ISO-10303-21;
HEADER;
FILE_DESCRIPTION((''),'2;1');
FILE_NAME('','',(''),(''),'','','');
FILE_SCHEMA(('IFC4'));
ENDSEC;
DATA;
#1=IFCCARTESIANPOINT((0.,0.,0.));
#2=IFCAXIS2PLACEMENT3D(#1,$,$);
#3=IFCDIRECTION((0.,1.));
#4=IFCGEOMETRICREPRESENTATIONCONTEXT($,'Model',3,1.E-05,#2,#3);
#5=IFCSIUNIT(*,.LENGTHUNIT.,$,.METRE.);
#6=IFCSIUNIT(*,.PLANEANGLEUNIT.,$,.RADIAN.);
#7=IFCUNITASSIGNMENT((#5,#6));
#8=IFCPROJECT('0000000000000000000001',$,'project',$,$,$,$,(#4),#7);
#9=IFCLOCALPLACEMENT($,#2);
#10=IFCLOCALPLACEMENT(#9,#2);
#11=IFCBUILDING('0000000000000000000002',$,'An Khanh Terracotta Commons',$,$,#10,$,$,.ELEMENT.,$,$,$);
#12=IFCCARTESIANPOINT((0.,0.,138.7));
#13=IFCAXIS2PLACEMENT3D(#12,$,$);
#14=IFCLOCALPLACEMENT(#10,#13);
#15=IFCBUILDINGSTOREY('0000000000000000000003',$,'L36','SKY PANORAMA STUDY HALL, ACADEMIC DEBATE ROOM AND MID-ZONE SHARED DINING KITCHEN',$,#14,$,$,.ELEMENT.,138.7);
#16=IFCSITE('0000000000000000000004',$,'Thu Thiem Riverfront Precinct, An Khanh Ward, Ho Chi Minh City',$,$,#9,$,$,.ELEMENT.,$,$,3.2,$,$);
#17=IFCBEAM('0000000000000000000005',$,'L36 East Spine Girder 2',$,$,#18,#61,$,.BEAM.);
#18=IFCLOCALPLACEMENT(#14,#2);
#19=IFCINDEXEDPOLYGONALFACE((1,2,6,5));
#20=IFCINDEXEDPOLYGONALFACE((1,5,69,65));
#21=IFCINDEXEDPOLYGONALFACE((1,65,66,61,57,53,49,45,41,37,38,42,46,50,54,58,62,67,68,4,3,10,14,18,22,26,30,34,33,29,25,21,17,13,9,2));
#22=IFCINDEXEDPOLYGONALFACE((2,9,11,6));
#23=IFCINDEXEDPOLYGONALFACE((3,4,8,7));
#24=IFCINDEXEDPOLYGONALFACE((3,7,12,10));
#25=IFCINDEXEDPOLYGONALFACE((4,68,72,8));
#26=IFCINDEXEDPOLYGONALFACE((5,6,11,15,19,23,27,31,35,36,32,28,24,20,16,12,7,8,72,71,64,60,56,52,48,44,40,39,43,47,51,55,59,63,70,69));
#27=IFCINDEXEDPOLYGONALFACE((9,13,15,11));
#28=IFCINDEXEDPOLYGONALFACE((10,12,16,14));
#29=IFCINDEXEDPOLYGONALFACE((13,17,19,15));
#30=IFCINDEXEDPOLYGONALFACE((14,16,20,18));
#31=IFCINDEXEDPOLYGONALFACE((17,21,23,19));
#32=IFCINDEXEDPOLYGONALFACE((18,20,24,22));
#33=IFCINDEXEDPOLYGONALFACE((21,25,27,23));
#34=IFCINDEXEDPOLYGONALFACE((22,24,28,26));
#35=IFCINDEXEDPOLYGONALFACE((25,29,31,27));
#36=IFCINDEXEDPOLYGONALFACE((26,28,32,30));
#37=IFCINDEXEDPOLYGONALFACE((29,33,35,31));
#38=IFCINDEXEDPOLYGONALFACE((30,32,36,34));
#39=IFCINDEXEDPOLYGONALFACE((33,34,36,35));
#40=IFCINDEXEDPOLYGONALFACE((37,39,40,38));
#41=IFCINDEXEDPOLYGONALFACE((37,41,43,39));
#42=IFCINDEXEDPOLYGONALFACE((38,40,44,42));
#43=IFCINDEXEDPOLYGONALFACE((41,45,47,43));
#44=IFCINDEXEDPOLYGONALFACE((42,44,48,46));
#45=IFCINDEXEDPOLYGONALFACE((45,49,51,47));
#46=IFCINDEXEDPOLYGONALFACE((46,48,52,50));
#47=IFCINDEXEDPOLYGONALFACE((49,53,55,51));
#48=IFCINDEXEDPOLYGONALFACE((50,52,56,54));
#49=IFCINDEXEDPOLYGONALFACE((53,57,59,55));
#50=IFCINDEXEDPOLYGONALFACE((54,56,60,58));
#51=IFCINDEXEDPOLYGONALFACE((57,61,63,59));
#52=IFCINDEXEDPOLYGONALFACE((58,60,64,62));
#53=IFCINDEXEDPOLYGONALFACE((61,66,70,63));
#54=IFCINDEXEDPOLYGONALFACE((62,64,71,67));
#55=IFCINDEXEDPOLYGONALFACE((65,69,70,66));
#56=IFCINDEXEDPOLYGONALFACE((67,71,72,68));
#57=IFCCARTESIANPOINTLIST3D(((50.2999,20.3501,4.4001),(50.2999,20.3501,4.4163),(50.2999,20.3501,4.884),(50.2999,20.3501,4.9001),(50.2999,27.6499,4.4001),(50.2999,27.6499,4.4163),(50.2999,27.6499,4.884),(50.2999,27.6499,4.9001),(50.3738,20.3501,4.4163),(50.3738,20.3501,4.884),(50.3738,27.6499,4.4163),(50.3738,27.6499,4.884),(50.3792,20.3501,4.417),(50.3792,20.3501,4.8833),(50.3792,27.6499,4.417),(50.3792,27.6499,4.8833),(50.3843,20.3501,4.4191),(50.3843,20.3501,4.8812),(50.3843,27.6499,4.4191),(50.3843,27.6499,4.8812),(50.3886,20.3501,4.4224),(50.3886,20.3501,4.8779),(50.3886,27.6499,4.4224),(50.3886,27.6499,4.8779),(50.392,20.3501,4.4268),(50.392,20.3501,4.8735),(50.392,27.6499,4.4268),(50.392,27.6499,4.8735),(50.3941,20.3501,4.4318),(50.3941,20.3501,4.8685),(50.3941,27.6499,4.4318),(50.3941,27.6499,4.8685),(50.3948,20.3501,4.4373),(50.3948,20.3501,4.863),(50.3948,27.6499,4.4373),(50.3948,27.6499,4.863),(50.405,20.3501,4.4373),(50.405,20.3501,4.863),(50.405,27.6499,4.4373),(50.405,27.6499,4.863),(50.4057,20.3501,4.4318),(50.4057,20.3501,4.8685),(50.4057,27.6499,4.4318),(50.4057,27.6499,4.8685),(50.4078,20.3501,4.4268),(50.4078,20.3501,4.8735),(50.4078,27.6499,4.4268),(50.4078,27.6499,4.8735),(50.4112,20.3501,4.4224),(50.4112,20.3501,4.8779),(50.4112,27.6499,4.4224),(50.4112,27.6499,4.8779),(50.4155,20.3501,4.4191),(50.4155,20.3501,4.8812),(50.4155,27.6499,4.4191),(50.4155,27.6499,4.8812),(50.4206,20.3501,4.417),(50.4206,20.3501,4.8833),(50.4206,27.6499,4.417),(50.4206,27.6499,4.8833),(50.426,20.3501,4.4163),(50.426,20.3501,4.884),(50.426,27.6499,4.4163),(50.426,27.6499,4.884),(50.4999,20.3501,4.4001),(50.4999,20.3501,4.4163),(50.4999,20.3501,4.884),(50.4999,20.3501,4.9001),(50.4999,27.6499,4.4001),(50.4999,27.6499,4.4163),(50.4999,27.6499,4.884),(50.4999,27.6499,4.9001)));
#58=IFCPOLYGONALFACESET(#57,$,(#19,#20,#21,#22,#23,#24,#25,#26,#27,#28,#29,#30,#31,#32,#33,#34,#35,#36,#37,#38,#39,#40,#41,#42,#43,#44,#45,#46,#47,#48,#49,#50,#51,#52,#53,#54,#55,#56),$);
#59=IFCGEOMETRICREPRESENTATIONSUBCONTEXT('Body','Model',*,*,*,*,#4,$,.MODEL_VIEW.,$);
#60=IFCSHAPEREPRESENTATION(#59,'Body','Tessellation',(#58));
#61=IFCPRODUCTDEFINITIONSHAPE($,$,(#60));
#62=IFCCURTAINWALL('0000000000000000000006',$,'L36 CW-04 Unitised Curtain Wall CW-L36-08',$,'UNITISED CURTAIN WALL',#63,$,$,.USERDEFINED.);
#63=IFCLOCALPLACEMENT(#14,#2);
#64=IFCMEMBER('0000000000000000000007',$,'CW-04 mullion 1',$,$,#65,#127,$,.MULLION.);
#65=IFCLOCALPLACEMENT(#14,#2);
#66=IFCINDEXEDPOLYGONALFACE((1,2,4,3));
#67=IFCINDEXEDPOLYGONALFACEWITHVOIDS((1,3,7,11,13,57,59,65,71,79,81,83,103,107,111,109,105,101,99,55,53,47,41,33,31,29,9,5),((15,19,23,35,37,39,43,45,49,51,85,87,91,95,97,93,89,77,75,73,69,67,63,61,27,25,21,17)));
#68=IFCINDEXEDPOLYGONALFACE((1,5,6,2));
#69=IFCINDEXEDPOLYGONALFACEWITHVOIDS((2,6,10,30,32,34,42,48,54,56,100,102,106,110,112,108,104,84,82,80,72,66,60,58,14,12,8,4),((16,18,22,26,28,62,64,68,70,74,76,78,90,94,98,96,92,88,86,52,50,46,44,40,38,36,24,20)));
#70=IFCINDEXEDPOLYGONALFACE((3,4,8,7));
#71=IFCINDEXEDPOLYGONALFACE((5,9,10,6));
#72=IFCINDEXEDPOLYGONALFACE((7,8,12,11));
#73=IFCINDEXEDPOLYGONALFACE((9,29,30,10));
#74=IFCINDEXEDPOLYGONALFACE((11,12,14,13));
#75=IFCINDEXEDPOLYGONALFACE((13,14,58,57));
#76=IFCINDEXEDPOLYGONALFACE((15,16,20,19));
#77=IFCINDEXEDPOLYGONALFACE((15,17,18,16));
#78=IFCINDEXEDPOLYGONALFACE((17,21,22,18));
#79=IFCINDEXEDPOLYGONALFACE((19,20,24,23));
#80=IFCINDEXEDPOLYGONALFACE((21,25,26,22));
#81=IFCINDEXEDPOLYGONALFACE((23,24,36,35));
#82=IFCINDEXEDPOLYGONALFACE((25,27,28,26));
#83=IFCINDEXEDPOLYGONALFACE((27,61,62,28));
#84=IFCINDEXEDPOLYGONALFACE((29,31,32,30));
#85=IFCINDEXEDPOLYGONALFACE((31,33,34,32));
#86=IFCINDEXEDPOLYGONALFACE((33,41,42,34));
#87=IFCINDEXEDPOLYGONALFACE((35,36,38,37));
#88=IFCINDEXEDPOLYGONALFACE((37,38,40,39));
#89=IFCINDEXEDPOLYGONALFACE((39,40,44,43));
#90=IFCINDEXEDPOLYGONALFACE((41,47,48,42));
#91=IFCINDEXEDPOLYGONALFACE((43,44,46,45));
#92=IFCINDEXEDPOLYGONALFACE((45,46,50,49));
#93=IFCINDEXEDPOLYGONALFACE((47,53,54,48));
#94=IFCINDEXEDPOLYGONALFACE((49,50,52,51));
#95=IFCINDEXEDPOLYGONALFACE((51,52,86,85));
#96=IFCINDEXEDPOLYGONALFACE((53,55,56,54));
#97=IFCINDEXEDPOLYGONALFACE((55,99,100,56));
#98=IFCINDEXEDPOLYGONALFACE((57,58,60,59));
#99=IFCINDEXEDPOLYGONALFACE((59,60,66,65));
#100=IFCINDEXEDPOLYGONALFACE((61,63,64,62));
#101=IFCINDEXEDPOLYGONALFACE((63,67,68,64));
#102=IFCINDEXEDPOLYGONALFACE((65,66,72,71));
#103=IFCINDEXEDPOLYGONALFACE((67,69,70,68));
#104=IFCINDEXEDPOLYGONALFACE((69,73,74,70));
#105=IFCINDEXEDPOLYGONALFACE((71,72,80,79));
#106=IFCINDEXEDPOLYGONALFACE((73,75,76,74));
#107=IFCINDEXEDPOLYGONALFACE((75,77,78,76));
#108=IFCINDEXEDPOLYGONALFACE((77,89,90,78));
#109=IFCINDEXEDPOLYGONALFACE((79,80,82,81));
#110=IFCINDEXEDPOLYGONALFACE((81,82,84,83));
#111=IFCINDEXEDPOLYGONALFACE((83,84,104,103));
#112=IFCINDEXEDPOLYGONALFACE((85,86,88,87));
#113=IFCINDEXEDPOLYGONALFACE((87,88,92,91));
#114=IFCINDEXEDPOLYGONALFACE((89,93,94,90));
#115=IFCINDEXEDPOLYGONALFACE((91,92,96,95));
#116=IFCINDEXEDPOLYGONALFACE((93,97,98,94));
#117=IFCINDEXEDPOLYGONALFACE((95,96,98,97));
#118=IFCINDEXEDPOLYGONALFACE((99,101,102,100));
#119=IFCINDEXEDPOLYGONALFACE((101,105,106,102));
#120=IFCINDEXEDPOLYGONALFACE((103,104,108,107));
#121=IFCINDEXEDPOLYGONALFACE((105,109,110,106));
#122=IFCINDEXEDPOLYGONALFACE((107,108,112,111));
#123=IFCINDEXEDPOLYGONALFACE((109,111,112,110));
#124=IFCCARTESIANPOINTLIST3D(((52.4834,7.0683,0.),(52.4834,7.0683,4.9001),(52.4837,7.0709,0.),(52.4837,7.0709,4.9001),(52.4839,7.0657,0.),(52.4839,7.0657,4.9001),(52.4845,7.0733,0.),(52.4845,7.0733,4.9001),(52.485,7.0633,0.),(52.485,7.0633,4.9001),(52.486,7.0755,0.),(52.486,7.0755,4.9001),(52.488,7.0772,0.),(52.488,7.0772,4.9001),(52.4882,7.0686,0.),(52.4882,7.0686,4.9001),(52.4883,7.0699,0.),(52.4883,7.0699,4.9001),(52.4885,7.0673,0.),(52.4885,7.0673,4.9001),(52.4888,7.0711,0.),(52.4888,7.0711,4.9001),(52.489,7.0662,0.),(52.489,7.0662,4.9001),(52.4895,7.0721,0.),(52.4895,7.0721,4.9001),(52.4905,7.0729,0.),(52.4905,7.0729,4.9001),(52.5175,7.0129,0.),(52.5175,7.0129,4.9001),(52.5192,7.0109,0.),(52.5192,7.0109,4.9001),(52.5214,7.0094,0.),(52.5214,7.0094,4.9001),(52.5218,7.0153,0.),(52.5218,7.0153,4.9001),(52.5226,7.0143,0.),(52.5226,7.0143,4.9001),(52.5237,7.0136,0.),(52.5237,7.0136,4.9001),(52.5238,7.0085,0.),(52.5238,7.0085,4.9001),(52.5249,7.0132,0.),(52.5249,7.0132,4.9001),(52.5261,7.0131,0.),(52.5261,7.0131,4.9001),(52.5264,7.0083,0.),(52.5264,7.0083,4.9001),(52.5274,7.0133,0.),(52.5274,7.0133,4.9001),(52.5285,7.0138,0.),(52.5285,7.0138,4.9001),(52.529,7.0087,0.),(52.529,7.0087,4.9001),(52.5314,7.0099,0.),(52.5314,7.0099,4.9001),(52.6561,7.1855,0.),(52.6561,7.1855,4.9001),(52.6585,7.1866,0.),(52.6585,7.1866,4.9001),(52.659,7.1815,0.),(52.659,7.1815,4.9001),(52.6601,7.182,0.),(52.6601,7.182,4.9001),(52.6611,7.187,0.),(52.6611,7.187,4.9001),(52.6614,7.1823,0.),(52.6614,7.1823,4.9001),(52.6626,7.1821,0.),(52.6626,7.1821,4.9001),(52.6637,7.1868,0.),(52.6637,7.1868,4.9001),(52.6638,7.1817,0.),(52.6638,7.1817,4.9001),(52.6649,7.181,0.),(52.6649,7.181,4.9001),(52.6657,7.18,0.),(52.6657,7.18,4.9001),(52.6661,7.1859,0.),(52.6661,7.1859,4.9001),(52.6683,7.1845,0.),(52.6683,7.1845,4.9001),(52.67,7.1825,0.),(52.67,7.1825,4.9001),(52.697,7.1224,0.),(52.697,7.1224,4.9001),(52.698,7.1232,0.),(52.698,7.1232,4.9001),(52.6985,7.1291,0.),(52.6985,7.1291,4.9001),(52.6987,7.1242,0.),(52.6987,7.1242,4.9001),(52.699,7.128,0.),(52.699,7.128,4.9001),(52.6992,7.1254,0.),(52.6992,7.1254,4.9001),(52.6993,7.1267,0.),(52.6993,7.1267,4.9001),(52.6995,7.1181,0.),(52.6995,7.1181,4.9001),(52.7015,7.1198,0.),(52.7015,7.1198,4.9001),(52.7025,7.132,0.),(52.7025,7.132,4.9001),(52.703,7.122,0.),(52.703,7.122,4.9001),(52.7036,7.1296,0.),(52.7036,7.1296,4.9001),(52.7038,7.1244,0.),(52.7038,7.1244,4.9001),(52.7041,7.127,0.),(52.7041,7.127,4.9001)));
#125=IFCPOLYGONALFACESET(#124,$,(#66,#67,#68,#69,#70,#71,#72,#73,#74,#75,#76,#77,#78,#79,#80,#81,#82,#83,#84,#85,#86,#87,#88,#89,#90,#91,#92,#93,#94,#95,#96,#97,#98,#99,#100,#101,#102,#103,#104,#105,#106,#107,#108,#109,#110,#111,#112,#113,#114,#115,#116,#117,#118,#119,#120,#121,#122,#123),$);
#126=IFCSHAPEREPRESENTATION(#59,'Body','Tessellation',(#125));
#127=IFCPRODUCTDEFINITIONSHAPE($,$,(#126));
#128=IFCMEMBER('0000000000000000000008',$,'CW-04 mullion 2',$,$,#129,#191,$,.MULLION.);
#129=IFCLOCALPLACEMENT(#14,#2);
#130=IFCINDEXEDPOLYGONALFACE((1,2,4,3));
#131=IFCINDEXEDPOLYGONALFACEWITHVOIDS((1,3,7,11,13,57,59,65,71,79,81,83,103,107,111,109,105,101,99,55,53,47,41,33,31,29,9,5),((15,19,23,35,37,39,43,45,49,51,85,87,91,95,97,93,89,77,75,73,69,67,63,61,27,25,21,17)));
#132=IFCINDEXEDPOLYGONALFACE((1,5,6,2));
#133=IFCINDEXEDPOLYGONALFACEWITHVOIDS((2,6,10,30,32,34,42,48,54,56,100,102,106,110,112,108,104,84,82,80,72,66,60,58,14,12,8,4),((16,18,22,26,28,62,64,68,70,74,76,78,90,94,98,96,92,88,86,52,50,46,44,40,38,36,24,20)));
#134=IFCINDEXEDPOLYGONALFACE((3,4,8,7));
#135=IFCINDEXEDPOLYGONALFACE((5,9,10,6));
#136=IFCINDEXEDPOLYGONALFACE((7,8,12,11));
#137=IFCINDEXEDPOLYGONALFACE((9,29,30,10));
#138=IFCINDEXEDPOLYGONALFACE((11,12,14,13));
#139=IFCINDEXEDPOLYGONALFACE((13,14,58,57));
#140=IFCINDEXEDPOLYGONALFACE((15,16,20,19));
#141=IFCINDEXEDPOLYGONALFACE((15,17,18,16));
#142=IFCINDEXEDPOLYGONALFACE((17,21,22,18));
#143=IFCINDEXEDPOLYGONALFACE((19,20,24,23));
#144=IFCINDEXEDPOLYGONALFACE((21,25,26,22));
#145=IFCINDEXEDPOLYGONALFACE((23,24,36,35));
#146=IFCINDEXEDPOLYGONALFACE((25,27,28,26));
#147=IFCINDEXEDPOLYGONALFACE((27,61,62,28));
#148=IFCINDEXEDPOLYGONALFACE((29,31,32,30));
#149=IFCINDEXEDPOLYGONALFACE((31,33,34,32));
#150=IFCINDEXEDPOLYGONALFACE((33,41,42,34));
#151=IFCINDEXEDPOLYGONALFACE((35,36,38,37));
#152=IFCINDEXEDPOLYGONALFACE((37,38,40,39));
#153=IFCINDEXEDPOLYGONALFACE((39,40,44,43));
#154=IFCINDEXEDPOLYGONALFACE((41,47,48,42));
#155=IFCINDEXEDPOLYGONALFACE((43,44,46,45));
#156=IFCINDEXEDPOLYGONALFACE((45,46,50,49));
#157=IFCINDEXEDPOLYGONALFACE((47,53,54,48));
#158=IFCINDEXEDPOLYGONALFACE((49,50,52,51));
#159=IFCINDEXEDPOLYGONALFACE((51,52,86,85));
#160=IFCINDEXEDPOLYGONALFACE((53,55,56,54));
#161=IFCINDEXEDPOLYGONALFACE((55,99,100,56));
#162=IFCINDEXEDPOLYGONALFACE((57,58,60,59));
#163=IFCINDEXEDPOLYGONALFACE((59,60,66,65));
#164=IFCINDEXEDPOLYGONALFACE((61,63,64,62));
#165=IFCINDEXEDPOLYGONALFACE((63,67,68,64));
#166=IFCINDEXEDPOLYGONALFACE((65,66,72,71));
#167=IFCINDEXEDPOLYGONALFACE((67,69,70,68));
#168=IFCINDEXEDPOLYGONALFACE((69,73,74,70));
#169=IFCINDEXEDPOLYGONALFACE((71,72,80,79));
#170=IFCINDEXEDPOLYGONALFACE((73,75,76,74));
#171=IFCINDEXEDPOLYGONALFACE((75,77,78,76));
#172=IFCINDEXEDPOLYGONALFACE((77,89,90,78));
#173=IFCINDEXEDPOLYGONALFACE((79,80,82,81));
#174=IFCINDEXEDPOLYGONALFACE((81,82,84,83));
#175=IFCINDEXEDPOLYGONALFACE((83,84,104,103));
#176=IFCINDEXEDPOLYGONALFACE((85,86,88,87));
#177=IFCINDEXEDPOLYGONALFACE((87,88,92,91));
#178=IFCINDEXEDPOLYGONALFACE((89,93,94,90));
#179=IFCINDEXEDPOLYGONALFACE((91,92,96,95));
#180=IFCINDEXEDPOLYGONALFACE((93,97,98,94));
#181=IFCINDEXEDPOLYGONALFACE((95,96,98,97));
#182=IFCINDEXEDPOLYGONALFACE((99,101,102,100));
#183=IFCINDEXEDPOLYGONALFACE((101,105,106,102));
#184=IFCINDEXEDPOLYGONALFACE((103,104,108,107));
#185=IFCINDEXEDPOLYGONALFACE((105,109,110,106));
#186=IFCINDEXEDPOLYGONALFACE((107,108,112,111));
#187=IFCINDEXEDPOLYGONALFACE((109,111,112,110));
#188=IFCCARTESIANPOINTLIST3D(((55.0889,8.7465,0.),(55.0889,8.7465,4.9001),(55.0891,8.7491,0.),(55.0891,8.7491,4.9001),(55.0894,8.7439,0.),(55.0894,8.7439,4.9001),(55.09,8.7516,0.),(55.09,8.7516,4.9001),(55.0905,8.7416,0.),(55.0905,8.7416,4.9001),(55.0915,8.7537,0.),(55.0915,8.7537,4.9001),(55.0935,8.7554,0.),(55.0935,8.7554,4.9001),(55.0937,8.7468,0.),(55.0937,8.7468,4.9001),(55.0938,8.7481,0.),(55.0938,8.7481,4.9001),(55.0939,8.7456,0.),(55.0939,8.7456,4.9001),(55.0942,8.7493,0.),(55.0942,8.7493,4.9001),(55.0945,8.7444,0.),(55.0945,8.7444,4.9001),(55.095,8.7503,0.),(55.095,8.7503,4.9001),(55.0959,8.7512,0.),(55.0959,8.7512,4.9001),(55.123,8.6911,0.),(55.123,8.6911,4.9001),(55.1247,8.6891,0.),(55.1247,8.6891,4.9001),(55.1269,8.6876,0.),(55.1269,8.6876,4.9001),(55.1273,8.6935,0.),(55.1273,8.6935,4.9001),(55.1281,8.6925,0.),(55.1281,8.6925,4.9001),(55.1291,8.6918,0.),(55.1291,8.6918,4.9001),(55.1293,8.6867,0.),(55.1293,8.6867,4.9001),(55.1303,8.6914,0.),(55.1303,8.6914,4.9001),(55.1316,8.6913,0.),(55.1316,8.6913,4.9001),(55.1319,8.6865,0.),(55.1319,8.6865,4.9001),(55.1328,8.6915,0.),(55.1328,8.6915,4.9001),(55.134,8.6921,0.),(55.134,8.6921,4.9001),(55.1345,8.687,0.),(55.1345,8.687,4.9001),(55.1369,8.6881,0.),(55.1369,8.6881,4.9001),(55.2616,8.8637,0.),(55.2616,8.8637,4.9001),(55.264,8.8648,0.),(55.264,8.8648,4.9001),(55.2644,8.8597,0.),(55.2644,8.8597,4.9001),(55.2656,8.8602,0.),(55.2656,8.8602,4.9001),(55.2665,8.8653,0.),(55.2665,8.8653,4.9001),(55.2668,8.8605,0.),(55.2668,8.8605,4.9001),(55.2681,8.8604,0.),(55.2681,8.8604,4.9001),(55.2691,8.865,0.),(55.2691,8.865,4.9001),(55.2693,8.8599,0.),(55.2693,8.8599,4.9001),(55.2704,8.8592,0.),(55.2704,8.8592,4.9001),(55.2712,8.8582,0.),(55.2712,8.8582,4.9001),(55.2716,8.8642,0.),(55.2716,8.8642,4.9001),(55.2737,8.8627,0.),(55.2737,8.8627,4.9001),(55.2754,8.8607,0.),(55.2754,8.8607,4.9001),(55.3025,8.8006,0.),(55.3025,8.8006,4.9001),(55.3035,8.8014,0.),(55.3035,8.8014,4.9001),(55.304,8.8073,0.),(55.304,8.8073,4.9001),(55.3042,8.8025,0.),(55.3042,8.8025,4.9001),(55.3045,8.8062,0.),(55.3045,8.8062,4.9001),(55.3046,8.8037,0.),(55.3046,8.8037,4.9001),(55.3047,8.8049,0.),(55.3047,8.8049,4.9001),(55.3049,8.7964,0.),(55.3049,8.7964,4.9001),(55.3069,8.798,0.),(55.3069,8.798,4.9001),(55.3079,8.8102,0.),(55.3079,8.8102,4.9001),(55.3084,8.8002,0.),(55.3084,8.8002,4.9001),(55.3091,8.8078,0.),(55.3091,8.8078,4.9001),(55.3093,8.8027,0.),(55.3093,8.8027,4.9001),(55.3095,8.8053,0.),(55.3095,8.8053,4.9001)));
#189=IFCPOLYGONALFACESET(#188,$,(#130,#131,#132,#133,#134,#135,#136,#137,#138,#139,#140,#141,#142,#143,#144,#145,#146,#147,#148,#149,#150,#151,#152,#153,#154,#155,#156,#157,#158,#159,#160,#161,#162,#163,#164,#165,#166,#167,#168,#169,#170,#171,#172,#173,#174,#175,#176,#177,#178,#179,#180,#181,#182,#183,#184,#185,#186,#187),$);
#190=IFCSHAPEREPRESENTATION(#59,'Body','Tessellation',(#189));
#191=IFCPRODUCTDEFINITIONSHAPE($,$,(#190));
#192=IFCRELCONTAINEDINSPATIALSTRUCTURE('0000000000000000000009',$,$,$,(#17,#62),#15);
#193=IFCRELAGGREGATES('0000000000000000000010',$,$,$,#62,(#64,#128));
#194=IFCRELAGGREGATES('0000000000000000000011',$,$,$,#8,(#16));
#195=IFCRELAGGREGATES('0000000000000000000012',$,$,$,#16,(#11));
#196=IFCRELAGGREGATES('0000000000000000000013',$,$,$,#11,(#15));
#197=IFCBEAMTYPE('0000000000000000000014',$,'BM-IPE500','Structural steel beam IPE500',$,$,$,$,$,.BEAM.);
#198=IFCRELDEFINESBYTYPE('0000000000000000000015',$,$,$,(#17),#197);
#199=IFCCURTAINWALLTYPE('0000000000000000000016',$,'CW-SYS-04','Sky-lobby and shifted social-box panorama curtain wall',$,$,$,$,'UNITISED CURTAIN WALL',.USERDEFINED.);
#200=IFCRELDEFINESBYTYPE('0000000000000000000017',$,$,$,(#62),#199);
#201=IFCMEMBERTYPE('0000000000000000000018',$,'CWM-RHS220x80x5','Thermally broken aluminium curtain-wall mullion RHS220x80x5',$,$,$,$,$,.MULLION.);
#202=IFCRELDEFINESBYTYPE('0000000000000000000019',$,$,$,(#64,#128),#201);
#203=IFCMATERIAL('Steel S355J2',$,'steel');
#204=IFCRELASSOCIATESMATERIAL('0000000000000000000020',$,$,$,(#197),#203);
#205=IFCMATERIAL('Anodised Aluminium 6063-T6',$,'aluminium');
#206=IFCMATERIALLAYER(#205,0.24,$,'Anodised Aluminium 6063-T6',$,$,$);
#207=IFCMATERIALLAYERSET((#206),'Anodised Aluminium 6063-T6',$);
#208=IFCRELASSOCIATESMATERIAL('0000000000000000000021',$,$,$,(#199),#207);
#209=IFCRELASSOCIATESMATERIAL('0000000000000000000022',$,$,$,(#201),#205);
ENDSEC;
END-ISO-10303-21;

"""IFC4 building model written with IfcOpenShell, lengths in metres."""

from ifc_helpers import new_model, si_unit, direction, frame, origin, origin_2d, place, context, subcontext, project, spatial, hollow_rectangle, i_section, extrude, material, layer, layer_set, material_profile, profile_set, type_object, element, aggregate, save


model = new_model("IFC4")

# Units and contexts
model_context = context("Model", 3, precision=1e-05, world=origin(), true_north=direction((0.0, 1.0)))
body_context = subcontext(model_context, "Body", "Model", "MODEL_VIEW")
ifc_project = project(units=[si_unit("LENGTHUNIT", "METRE"), si_unit("PLANEANGLEUNIT", "RADIAN")], contexts=[model_context])

# Site, building, storey
site_placement = place(None, origin())
site = spatial("IfcSite", under=ifc_project, at=site_placement, Name="Thu Thiem Riverfront Precinct, An Khanh Ward, Ho Chi Minh City", CompositionType="ELEMENT", RefElevation=3.2)
building_placement = place(site_placement, origin())
building = spatial("IfcBuilding", under=site, at=building_placement, Name="An Khanh Terracotta Commons", CompositionType="ELEMENT")
storey_placement = place(building_placement, frame((0.0, 0.0, 138.7)))
storey = spatial("IfcBuildingStorey", under=building, at=storey_placement, Name="L36", Description="SKY PANORAMA STUDY HALL, ACADEMIC DEBATE ROOM AND MID-ZONE SHARED DINING KITCHEN", CompositionType="ELEMENT", Elevation=138.7)

# Beam
ifc_material_1 = material(Name="Steel S355J2", Category="steel")
ifc_material_profile_1 = material_profile(ifc_material_1, i_section(OverallWidth=0.2, OverallDepth=0.5, WebThickness=0.0103, FlangeThickness=0.0161, FilletRadius=0.021, at=origin_2d()), Name="IPE500")
ifc_profile_set_1 = profile_set([ifc_material_profile_1], Name="Steel S355J2")
beam_type_1 = type_object("IfcBeamType", Name="BM-IPE500", Description="Structural steel beam IPE500", PredefinedType="BEAM", material=ifc_profile_set_1)
beam_1_placement = place(storey_placement, frame((50.3999, 20.3501, 4.6501), z_axis=(0.0, 1.0, 0.0), x_axis=(-1.0, 0.0, 0.0)))
element("IfcBeam", 1, at=beam_1_placement, inside=storey, type_object=beam_type_1, Name="L36 East Spine Girder 2", PredefinedType="BEAM", context=body_context, shape_type="SweptSolid", body=[
    extrude(i_section(OverallWidth=0.2, OverallDepth=0.5, WebThickness=0.0103, FlangeThickness=0.0161, FilletRadius=0.021, at=origin_2d()), origin(), (0.0, 0.0, 1.0), 7.2998),
])

# Curtain wall, members
ifc_material_2 = material(Name="Anodised Aluminium 6063-T6", Category="aluminium")
ifc_layer_1 = layer(ifc_material_2, 0.24, Name="Anodised Aluminium 6063-T6")
ifc_layer_set_1 = layer_set([ifc_layer_1], Name="Anodised Aluminium 6063-T6")
curtain_wall_type = type_object("IfcCurtainWallType", Name="CW-SYS-04", Description="Sky-lobby and shifted social-box panorama curtain wall", ElementType="UNITISED CURTAIN WALL", PredefinedType="USERDEFINED", material=ifc_layer_set_1)
curtain_wall_placement = place(storey_placement, origin())
curtain_wall = element("IfcCurtainWall", 2, at=curtain_wall_placement, inside=storey, type_object=curtain_wall_type, Name="L36 CW-04 Unitised Curtain Wall CW-L36-08", ObjectType="UNITISED CURTAIN WALL", PredefinedType="USERDEFINED")
ifc_material_profile_2 = material_profile(ifc_material_2, hollow_rectangle(XDim=0.0801, YDim=0.22, WallThickness=0.0049, InnerFilletRadius=0.0049, OuterFilletRadius=0.01, at=origin_2d()), Name="RHS220x80x5")
ifc_profile_set_2 = profile_set([ifc_material_profile_2], Name="Anodised Aluminium 6063-T6")
member_type_1 = type_object("IfcMemberType", Name="CWM-RHS220x80x5", Description="Thermally broken aluminium curtain-wall mullion RHS220x80x5", PredefinedType="MULLION", material=ifc_profile_set_2)
member_1_placement = place(storey_placement, frame((52.5938, 7.0977, 0.0), z_axis=(0.0, 0.0, 1.0), x_axis=(-0.541498, 0.840702, 0.0)))
member_1 = element("IfcMember", 3, at=member_1_placement, type_object=member_type_1, Name="CW-04 mullion 1", PredefinedType="MULLION", context=body_context, shape_type="SweptSolid", body=[
    extrude(hollow_rectangle(XDim=0.0801, YDim=0.22, WallThickness=0.0049, InnerFilletRadius=0.0049, OuterFilletRadius=0.01, at=origin_2d()), origin(), (0.0, 0.0, 1.0), 4.9001),
])
member_2_placement = place(storey_placement, frame((55.1992, 8.7759, 0.0), z_axis=(0.0, 0.0, 1.0), x_axis=(-0.541498, 0.840702, 0.0)))
member_2 = element("IfcMember", 4, at=member_2_placement, type_object=member_type_1, Name="CW-04 mullion 2", PredefinedType="MULLION", context=body_context, shape_type="SweptSolid", body=[
    extrude(hollow_rectangle(XDim=0.0801, YDim=0.22, WallThickness=0.0049, InnerFilletRadius=0.0049, OuterFilletRadius=0.01, at=origin_2d()), origin(), (0.0, 0.0, 1.0), 4.9001),
])
aggregate(curtain_wall, [member_1, member_2])

save(model, "model.ifc")
